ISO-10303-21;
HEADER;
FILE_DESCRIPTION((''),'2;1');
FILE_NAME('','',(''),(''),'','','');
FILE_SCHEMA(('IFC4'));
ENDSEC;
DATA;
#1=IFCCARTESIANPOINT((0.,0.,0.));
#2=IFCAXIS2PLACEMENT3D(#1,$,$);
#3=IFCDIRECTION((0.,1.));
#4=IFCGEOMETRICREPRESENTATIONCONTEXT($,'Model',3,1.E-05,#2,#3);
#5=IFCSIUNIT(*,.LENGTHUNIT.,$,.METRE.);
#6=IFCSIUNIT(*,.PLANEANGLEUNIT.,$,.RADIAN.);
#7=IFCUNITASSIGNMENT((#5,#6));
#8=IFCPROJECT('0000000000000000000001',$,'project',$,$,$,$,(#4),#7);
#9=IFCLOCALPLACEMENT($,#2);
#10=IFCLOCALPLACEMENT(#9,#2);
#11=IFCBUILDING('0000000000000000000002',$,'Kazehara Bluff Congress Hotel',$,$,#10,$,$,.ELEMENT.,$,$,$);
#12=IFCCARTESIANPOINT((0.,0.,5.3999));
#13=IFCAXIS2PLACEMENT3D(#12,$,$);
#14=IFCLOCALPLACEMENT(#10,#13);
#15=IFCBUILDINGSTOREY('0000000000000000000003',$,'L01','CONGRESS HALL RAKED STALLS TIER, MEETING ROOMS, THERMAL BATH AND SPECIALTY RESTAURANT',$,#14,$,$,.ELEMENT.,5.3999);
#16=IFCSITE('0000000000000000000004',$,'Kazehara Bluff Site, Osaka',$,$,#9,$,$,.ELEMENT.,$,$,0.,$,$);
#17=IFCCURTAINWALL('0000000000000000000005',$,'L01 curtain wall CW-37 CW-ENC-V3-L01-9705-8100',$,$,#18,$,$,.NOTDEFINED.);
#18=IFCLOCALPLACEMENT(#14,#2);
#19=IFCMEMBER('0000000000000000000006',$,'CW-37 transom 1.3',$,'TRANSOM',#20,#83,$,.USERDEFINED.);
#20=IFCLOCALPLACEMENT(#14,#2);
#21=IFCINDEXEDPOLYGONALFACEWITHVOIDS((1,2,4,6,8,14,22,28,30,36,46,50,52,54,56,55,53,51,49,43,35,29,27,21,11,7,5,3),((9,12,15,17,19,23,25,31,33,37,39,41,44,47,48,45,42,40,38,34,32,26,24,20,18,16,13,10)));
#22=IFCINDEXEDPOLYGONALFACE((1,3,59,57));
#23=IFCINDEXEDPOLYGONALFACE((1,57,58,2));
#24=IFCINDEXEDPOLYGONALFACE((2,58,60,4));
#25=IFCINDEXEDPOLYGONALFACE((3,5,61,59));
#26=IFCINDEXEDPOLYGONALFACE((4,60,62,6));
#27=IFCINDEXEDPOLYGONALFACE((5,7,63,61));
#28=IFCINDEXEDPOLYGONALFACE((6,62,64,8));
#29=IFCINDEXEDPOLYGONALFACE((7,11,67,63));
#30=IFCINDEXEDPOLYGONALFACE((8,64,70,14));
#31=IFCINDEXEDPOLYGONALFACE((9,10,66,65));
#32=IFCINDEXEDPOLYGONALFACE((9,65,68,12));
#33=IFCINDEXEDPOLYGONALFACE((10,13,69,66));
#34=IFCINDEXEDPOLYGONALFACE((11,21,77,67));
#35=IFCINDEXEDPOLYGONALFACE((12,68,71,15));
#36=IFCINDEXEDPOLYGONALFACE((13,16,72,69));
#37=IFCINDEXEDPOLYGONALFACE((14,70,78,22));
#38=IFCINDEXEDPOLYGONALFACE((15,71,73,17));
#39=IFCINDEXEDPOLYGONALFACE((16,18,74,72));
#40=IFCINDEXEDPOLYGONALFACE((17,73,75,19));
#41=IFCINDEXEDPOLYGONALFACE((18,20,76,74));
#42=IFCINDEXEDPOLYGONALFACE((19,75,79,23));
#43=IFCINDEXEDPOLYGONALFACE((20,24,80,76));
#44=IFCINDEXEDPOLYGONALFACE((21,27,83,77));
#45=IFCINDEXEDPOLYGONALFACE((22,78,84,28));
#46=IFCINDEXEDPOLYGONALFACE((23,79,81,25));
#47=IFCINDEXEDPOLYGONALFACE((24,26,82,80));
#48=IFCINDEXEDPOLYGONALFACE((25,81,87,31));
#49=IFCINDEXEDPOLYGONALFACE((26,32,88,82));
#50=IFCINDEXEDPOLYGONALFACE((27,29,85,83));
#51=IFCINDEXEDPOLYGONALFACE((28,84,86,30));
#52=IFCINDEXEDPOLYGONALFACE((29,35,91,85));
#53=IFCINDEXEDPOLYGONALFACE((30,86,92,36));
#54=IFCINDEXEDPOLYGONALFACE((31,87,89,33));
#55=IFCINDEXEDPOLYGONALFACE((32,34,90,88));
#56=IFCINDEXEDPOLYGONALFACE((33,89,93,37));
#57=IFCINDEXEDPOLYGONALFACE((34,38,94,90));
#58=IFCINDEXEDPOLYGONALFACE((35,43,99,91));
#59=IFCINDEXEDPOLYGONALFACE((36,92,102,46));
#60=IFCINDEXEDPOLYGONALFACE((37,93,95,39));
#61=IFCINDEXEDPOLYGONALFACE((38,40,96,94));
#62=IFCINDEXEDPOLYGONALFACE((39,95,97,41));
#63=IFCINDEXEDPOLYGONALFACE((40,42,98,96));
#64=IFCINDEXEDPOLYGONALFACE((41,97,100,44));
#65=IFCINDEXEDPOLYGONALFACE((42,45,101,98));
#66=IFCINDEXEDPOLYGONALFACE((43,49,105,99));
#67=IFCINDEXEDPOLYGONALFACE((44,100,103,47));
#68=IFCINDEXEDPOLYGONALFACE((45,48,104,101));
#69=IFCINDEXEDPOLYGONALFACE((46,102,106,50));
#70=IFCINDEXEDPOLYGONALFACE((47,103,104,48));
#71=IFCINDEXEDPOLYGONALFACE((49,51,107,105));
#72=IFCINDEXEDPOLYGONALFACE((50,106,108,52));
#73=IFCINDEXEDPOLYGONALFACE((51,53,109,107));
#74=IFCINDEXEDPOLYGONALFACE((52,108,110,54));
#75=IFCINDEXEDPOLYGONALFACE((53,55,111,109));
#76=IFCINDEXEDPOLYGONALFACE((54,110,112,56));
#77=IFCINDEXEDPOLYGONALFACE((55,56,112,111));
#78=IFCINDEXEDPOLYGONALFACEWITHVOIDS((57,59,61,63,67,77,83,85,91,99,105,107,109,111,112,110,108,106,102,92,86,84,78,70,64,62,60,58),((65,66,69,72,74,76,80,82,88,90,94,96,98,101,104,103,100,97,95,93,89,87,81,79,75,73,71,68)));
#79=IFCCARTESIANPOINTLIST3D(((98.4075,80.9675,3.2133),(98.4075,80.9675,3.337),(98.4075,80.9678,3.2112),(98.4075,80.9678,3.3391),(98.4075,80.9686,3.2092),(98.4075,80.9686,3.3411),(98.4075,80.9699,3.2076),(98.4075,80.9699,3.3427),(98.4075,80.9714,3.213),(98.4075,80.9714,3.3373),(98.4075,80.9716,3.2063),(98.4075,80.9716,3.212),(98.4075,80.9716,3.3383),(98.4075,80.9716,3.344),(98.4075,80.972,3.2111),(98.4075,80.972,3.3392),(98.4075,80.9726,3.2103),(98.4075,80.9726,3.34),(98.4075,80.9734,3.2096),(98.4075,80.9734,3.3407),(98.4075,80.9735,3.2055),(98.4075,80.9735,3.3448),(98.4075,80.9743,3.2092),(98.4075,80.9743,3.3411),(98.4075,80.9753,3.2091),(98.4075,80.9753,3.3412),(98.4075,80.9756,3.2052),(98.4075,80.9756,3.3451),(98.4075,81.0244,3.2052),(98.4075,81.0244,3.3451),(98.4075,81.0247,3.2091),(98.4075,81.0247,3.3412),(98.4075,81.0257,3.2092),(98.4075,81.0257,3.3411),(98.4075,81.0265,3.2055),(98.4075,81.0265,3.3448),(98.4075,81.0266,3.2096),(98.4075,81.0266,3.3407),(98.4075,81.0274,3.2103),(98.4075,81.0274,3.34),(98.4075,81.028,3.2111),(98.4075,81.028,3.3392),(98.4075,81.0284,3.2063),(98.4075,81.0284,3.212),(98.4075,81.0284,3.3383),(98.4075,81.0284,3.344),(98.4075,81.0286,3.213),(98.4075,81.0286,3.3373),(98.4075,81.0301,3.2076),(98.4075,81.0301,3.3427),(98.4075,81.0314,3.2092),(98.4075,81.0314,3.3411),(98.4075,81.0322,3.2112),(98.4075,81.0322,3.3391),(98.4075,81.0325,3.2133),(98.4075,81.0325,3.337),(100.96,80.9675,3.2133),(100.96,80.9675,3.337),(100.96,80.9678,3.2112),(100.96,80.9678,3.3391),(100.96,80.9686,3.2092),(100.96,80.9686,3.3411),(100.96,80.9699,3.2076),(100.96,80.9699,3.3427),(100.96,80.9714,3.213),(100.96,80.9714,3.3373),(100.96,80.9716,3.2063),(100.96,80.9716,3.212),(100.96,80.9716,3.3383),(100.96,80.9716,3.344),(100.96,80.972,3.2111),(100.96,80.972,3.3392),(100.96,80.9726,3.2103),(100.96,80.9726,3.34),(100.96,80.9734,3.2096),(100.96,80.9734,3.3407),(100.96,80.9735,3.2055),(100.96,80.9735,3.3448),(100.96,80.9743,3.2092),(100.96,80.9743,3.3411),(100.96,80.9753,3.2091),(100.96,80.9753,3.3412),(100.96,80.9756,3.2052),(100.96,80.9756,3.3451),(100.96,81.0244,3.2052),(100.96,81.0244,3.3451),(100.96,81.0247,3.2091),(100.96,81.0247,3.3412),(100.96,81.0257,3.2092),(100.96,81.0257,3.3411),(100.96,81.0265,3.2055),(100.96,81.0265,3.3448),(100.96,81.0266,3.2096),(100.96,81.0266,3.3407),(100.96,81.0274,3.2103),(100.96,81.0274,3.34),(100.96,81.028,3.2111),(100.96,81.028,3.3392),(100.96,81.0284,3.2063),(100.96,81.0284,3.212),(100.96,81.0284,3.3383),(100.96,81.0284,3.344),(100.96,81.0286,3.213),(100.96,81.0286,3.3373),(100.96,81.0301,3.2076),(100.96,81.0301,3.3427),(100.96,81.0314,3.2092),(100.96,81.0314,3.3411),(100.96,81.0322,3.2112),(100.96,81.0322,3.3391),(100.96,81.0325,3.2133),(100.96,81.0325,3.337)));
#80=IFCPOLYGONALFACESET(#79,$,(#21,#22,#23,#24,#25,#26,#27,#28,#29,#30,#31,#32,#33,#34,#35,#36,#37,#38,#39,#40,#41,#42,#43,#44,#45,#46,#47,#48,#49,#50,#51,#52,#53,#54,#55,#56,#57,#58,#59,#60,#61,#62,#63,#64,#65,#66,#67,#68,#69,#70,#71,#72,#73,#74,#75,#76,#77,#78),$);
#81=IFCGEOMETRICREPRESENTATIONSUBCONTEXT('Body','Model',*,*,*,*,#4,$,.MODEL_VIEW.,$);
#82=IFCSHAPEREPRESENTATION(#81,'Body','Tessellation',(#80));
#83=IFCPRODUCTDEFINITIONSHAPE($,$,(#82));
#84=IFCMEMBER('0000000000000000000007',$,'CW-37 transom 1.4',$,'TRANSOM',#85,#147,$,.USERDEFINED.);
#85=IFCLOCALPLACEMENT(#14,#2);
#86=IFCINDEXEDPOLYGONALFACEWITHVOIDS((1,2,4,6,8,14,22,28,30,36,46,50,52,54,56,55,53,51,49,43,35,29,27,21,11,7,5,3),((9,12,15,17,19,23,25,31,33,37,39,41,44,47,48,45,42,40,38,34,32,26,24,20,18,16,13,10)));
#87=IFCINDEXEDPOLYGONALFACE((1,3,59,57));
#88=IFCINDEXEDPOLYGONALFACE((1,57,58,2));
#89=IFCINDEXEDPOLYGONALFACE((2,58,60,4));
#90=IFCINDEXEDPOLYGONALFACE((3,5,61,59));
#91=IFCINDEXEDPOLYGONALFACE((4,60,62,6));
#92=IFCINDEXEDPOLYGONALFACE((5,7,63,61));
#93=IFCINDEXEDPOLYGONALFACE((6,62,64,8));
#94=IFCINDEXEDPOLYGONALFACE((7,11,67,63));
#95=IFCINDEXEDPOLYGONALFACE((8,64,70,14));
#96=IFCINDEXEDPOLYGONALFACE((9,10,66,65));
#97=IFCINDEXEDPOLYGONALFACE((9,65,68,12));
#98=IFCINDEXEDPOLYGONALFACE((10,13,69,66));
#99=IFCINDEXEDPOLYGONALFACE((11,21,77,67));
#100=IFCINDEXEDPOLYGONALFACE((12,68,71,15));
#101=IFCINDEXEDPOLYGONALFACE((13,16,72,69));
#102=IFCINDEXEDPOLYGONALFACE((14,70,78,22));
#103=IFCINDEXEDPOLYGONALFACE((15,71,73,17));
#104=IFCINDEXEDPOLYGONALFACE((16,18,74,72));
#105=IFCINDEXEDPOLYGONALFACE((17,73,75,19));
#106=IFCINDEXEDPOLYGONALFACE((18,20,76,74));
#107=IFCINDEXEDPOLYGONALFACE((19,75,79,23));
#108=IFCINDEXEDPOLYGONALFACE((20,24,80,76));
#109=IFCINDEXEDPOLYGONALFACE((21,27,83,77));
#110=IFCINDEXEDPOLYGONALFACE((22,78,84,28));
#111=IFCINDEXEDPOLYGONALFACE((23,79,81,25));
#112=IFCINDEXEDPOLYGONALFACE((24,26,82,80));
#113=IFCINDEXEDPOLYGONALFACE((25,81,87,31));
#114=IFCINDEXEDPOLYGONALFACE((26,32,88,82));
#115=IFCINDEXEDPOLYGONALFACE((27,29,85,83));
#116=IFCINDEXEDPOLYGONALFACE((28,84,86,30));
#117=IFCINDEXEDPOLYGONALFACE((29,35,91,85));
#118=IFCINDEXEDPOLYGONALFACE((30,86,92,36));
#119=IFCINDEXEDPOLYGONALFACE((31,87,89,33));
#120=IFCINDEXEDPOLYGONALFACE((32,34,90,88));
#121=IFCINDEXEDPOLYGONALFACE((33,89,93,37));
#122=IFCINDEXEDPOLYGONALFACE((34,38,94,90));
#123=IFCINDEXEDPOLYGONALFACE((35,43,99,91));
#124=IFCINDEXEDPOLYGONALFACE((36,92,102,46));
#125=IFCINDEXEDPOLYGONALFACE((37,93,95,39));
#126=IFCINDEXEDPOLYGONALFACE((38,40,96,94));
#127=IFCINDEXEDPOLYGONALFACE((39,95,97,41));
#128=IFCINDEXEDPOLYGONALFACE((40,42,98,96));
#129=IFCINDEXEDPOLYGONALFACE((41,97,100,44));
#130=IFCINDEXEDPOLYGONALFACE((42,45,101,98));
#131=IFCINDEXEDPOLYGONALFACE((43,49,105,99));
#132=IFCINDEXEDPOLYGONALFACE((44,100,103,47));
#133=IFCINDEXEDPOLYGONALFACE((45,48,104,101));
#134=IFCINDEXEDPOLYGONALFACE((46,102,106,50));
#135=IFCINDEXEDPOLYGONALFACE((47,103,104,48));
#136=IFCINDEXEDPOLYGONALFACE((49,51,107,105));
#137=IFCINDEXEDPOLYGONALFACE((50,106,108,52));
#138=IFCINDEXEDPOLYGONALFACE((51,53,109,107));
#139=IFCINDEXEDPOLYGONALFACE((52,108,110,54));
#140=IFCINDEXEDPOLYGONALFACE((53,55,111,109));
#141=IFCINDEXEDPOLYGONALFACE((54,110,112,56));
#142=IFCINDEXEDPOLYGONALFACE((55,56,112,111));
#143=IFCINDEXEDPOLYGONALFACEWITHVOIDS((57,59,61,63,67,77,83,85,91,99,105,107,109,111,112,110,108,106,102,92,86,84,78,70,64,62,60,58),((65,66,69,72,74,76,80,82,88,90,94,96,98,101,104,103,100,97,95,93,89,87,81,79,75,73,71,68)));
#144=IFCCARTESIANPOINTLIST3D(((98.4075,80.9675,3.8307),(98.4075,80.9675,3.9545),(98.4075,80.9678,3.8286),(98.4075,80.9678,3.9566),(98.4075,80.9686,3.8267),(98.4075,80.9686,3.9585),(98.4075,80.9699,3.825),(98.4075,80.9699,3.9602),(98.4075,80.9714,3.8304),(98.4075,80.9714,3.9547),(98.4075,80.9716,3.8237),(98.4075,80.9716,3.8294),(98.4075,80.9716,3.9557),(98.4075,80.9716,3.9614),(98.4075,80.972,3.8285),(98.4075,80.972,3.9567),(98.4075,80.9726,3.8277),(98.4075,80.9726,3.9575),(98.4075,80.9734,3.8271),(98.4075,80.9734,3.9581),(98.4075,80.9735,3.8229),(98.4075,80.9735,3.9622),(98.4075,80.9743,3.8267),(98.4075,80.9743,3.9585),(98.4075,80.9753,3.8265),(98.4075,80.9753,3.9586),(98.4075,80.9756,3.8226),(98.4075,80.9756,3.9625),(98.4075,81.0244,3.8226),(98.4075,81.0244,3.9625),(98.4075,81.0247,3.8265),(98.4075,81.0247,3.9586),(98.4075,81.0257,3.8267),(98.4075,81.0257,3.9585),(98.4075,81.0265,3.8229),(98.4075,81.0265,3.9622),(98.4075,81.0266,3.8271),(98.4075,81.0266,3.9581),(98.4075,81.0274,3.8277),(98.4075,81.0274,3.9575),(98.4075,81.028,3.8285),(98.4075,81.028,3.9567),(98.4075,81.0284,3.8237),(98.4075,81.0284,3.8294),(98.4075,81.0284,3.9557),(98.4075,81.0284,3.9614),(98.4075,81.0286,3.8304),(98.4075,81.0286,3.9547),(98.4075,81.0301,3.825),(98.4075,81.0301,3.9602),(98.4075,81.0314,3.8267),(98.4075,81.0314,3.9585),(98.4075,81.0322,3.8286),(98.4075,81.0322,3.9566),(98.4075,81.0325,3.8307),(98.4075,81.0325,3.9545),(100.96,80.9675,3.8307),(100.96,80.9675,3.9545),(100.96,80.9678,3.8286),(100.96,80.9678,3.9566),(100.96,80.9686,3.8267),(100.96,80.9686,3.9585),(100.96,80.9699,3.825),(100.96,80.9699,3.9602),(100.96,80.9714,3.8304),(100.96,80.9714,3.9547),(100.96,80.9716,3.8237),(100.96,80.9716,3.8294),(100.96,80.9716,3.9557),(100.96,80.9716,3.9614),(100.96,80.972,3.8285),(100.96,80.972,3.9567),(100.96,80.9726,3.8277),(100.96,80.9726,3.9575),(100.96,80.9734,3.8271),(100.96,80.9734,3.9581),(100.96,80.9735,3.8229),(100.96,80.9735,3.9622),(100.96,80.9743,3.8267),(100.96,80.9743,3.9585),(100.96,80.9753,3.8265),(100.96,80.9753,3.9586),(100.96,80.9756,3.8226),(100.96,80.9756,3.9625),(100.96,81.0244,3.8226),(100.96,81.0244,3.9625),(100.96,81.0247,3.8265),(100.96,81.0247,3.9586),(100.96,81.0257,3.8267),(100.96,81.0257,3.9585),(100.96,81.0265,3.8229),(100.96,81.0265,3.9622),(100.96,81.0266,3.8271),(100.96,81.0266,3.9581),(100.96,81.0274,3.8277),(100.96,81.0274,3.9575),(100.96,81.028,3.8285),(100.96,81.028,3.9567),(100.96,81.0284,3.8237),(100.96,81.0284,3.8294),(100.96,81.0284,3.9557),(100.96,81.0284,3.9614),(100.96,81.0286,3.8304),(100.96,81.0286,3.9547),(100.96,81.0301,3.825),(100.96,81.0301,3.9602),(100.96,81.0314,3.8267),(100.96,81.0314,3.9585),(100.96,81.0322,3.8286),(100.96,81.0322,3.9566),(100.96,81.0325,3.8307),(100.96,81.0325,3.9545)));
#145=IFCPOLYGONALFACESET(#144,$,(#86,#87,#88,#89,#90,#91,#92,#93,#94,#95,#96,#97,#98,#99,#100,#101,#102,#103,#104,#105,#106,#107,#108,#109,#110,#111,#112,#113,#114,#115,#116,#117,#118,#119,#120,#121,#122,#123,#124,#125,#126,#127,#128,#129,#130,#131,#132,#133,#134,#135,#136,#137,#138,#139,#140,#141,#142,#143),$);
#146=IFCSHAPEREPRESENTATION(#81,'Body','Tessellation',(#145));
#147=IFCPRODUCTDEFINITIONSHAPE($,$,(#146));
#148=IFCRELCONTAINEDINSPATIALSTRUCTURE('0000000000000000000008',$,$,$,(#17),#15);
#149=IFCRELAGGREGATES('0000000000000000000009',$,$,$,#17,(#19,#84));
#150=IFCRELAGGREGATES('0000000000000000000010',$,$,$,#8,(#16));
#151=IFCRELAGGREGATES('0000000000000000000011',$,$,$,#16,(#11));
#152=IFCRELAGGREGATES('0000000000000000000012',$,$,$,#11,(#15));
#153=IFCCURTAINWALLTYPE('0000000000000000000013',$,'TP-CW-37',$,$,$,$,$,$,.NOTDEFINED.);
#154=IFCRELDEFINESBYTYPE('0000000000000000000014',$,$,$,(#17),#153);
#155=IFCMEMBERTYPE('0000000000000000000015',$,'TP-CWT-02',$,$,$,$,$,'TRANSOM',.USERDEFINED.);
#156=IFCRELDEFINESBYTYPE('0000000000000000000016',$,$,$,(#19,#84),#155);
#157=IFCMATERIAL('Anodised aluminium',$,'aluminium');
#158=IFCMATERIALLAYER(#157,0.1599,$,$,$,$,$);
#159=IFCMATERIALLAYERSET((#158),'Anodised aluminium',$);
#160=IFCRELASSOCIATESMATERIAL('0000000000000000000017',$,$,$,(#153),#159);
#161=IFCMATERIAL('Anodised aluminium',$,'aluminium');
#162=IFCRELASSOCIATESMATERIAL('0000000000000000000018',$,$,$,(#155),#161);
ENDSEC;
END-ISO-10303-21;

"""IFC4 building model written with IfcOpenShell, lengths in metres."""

from ifc_helpers import new_model, si_unit, direction, frame, origin, origin_2d, place, context, subcontext, project, spatial, hollow_rectangle, extrude, material, layer, layer_set, material_profile, profile_set, type_object, element, aggregate, save


model = new_model("IFC4")

# Units and contexts
model_context = context("Model", 3, precision=1e-05, world=origin(), true_north=direction((0.0, 1.0)))
body_context = subcontext(model_context, "Body", "Model", "MODEL_VIEW")
ifc_project = project(units=[si_unit("LENGTHUNIT", "METRE"), si_unit("PLANEANGLEUNIT", "RADIAN")], contexts=[model_context])

# Site, building, storey
site_placement = place(None, origin())
site = spatial("IfcSite", under=ifc_project, at=site_placement, Name="Kazehara Bluff Site, Osaka", CompositionType="ELEMENT", RefElevation=0.0)
building_placement = place(site_placement, origin())
building = spatial("IfcBuilding", under=site, at=building_placement, Name="Kazehara Bluff Congress Hotel", CompositionType="ELEMENT")
storey_placement = place(building_placement, frame((0.0, 0.0, 5.3999)))
storey = spatial("IfcBuildingStorey", under=building, at=storey_placement, Name="L01", Description="CONGRESS HALL RAKED STALLS TIER, MEETING ROOMS, THERMAL BATH AND SPECIALTY RESTAURANT", CompositionType="ELEMENT", Elevation=5.3999)

# Curtain wall
ifc_material_1 = material(Name="Anodised aluminium", Category="aluminium")
ifc_layer_1 = layer(ifc_material_1, 0.1599)
ifc_layer_set_1 = layer_set([ifc_layer_1], Name="Anodised aluminium")
curtain_wall_type_1 = type_object("IfcCurtainWallType", Name="TP-CW-37", PredefinedType="NOTDEFINED", material=ifc_layer_set_1)
curtain_wall_1_placement = place(storey_placement, origin())
curtain_wall_1 = element("IfcCurtainWall", 1, at=curtain_wall_1_placement, inside=storey, type_object=curtain_wall_type_1, Name="L01 curtain wall CW-37 CW-ENC-V3-L01-9705-8100", PredefinedType="NOTDEFINED")

# Members
ifc_material_2 = material(Name="Anodised aluminium", Category="aluminium")
ifc_material_profile_1 = material_profile(ifc_material_2, hollow_rectangle(XDim=0.0649, YDim=0.1399, WallThickness=0.0039, InnerFilletRadius=0.0039, OuterFilletRadius=0.0081, at=origin_2d()))
ifc_profile_set_1 = profile_set([ifc_material_profile_1], Name="Anodised aluminium")
member_type_1 = type_object("IfcMemberType", Name="TP-CWT-02", ElementType="TRANSOM", PredefinedType="USERDEFINED", material=ifc_profile_set_1)
member_1_placement = place(storey_placement, frame((100.96, 81.0, 3.2751), z_axis=(-1.0, 0.0, 0.0), x_axis=(0.0, -1.0, 0.0)))
member_1 = element("IfcMember", 2, at=member_1_placement, type_object=member_type_1, Name="CW-37 transom 1.3", ObjectType="TRANSOM", PredefinedType="USERDEFINED", context=body_context, shape_type="SweptSolid", body=[
    extrude(hollow_rectangle(XDim=0.0649, YDim=0.1399, WallThickness=0.0039, InnerFilletRadius=0.0039, OuterFilletRadius=0.0081, at=origin_2d()), origin(), (0.0, 0.0, 1.0), 2.5525),
])
member_2_placement = place(storey_placement, frame((100.96, 81.0, 3.8926), z_axis=(-1.0, 0.0, 0.0), x_axis=(0.0, -1.0, 0.0)))
member_2 = element("IfcMember", 3, at=member_2_placement, type_object=member_type_1, Name="CW-37 transom 1.4", ObjectType="TRANSOM", PredefinedType="USERDEFINED", context=body_context, shape_type="SweptSolid", body=[
    extrude(hollow_rectangle(XDim=0.0649, YDim=0.1399, WallThickness=0.0039, InnerFilletRadius=0.0039, OuterFilletRadius=0.0081, at=origin_2d()), origin(), (0.0, 0.0, 1.0), 2.5525),
])

aggregate(curtain_wall_1, [member_1, member_2])

save(model, "model.ifc")
